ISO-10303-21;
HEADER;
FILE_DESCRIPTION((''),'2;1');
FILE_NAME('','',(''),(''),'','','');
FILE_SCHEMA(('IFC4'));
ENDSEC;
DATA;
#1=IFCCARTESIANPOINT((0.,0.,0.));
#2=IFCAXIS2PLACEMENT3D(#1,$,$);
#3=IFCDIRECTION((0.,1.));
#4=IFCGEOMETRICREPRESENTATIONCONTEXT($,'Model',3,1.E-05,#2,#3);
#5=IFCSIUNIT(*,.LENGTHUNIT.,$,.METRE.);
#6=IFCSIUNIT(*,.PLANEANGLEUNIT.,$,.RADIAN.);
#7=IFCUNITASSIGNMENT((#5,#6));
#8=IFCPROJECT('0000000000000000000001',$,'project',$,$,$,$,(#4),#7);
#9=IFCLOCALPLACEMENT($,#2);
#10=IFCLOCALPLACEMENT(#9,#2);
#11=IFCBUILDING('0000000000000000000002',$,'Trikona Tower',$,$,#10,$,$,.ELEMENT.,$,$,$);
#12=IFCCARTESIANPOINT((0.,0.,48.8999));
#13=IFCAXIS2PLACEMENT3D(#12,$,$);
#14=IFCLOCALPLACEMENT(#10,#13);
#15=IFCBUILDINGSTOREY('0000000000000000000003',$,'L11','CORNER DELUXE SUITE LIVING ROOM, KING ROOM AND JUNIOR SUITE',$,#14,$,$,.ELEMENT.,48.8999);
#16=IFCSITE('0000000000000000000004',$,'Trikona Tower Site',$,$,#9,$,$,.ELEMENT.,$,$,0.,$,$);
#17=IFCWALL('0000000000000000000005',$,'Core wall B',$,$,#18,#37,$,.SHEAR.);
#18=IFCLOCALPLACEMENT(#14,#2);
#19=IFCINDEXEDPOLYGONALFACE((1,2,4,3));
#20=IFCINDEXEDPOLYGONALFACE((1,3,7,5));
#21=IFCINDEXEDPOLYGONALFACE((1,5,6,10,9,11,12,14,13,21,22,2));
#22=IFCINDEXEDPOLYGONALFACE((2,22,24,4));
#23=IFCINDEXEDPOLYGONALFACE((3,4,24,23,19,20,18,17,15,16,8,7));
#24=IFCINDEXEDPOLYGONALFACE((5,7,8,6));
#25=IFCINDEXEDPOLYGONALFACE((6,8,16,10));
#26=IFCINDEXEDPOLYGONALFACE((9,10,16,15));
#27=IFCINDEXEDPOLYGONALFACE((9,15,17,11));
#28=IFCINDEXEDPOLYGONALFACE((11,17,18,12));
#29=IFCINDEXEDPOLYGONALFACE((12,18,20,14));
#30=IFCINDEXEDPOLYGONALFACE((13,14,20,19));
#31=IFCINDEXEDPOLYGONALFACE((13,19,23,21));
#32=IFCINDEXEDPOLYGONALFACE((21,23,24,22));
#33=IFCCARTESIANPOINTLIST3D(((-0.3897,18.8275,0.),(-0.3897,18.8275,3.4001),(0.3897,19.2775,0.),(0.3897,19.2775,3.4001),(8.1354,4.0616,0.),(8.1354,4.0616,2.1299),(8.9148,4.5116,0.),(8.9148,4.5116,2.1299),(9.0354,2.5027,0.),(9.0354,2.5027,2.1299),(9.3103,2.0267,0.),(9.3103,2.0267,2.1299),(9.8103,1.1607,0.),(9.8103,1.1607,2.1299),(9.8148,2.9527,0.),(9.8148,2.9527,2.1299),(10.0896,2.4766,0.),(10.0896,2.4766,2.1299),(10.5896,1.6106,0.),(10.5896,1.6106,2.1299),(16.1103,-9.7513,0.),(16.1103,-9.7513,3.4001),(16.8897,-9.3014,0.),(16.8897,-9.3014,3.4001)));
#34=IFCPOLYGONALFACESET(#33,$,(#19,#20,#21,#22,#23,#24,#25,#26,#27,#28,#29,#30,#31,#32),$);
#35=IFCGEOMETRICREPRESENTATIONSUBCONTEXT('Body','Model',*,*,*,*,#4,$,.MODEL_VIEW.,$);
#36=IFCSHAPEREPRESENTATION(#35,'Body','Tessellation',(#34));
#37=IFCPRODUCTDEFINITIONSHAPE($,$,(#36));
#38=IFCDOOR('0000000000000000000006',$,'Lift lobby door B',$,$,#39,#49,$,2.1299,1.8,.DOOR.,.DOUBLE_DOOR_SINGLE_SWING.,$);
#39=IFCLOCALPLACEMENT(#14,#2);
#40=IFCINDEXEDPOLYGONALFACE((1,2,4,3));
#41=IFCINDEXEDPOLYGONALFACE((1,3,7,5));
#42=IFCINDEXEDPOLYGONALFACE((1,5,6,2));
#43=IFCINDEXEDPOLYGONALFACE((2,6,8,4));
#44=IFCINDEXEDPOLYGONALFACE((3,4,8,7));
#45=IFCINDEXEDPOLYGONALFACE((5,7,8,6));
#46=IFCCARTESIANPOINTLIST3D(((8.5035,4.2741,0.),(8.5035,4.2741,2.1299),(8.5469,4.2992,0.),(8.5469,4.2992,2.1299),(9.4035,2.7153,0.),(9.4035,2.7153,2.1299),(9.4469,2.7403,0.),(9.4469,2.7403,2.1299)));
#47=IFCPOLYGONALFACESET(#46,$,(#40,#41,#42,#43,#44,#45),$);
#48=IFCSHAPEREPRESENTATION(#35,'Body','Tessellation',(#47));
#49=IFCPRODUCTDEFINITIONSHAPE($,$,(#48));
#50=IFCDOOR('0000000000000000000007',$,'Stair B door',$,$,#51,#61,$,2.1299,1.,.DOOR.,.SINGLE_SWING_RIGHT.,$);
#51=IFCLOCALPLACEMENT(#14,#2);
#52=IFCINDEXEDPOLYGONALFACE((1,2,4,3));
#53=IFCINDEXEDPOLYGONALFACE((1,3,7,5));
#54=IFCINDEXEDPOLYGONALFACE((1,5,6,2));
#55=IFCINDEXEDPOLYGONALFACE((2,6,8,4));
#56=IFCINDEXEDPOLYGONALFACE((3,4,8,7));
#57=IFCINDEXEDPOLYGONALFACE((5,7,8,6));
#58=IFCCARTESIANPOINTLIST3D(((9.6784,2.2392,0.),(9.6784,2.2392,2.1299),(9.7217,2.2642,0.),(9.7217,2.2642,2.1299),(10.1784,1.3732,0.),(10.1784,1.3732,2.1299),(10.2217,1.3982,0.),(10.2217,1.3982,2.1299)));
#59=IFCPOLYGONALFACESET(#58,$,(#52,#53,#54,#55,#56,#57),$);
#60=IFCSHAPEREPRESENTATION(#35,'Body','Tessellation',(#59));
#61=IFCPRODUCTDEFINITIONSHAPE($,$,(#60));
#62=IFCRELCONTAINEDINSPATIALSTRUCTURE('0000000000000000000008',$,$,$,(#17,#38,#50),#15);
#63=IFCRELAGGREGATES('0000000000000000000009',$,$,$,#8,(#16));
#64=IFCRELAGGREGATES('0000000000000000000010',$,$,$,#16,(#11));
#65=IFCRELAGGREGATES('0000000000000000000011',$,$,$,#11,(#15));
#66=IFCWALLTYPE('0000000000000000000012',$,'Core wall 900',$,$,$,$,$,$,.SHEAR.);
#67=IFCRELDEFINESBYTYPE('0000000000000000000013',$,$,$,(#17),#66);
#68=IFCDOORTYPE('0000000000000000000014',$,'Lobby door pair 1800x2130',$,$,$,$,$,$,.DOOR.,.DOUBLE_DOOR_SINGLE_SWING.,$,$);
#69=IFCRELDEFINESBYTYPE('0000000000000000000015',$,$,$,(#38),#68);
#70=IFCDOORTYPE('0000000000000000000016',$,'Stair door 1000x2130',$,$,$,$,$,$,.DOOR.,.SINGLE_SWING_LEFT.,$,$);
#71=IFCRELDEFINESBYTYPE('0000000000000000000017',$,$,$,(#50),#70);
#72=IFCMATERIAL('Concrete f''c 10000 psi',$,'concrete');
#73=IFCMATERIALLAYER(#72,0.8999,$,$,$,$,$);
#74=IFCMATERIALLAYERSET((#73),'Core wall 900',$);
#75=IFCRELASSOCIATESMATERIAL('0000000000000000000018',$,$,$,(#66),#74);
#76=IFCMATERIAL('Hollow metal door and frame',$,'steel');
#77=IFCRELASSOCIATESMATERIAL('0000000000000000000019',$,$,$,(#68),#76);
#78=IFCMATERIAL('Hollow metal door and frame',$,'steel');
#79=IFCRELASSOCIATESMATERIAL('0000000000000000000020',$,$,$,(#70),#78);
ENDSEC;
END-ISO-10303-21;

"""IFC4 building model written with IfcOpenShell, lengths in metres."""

from ifc_helpers import new_model, si_unit, direction, frame, frame_2d, origin, place, context, subcontext, project, spatial, rectangle, extrude, material, layer, layer_set, type_object, element, fill, save


model = new_model("IFC4")

# Units and contexts
model_context = context("Model", 3, precision=1e-05, world=origin(), true_north=direction((0.0, 1.0)))
body_context = subcontext(model_context, "Body", "Model", "MODEL_VIEW")
ifc_project = project(units=[si_unit("LENGTHUNIT", "METRE"), si_unit("PLANEANGLEUNIT", "RADIAN")], contexts=[model_context])

# Site, building, storey
site_placement = place(None, origin())
site = spatial("IfcSite", under=ifc_project, at=site_placement, Name="Trikona Tower Site", CompositionType="ELEMENT", RefElevation=0.0)
building_placement = place(site_placement, origin())
building = spatial("IfcBuilding", under=site, at=building_placement, Name="Trikona Tower", CompositionType="ELEMENT")
storey_placement = place(building_placement, frame((0.0, 0.0, 48.8999)))
storey = spatial("IfcBuildingStorey", under=building, at=storey_placement, Name="L11", Description="CORNER DELUXE SUITE LIVING ROOM, KING ROOM AND JUNIOR SUITE", CompositionType="ELEMENT", Elevation=48.8999)

# Wall, openings, doors
ifc_material_1 = material(Name="Concrete f'c 10000 psi", Category="concrete")
ifc_layer_1 = layer(ifc_material_1, 0.8999)
ifc_layer_set_1 = layer_set([ifc_layer_1], Name="Core wall 900")
wall_type_1 = type_object("IfcWallType", Name="Core wall 900", PredefinedType="SHEAR", material=ifc_layer_set_1)
wall_1_placement = place(storey_placement, frame((16.5, -9.5264, 0.0), z_axis=(0.0, 0.0, 1.0), x_axis=(-0.5, 0.866026, 0.0)))
wall_1 = element("IfcWall", 1, at=wall_1_placement, inside=storey, type_object=wall_type_1, Name="Core wall B", PredefinedType="SHEAR", context=body_context, shape_type="SweptSolid", body=[
    extrude(rectangle(XDim=33.0, YDim=0.8999, at=frame_2d((16.5, 0.0))), origin(), (0.0, 0.0, 1.0), 3.4001),
])
opening_1_placement = place(wall_1_placement, frame((14.1499, 0.0, 0.0)))
opening_1 = element("IfcOpeningElement", 2, at=opening_1_placement, cuts=wall_1, PredefinedType="OPENING", context=body_context, shape_type="SweptSolid", body=[
    extrude(rectangle(XDim=1.8, YDim=2.1299, at=frame_2d((0.8999, 1.0649))), frame((0.0, 0.46, 0.0), z_axis=(0.0, -1.0, 0.0), x_axis=(1.0, 0.0, 0.0)), (0.0, 0.0, 1.0), 0.9199),
])
opening_2_placement = place(wall_1_placement, frame((12.6001, 0.0, 0.0)))
opening_2 = element("IfcOpeningElement", 3, at=opening_2_placement, cuts=wall_1, PredefinedType="OPENING", context=body_context, shape_type="SweptSolid", body=[
    extrude(rectangle(XDim=1.0, YDim=2.1299, at=frame_2d((0.5, 1.0649))), frame((0.0, 0.46, 0.0), z_axis=(0.0, -1.0, 0.0), x_axis=(1.0, 0.0, 0.0)), (0.0, 0.0, 1.0), 0.9199),
])
ifc_material_2 = material(Name="Hollow metal door and frame", Category="steel")
door_type_1 = type_object("IfcDoorType", Name="Lobby door pair 1800x2130", OperationType="DOUBLE_DOOR_SINGLE_SWING", PredefinedType="DOOR", material=ifc_material_2)
door_1_placement = place(opening_1_placement, origin())
door_1 = element("IfcDoor", 4, at=door_1_placement, inside=storey, type_object=door_type_1, Name="Lift lobby door B", OperationType="DOUBLE_DOOR_SINGLE_SWING", OverallHeight=2.1299, OverallWidth=1.8, PredefinedType="DOOR", context=body_context, shape_type="SweptSolid", body=[
    extrude(rectangle(XDim=1.8, YDim=2.1299, at=frame_2d((0.8999, 1.0649))), frame((0.0, 0.0249, 0.0), z_axis=(0.0, -1.0, 0.0), x_axis=(1.0, 0.0, 0.0)), (0.0, 0.0, 1.0), 0.05),
])
fill(opening_1, door_1)
ifc_material_3 = material(Name="Hollow metal door and frame", Category="steel")
door_type_2 = type_object("IfcDoorType", Name="Stair door 1000x2130", OperationType="SINGLE_SWING_LEFT", PredefinedType="DOOR", material=ifc_material_3)
door_2_placement = place(opening_2_placement, origin())
door_2 = element("IfcDoor", 5, at=door_2_placement, inside=storey, type_object=door_type_2, Name="Stair B door", OperationType="SINGLE_SWING_RIGHT", OverallHeight=2.1299, OverallWidth=1.0, PredefinedType="DOOR", context=body_context, shape_type="SweptSolid", body=[
    extrude(rectangle(XDim=1.0, YDim=2.1299, at=frame_2d((0.5, 1.0649))), frame((0.0, 0.0249, 0.0), z_axis=(0.0, -1.0, 0.0), x_axis=(1.0, 0.0, 0.0)), (0.0, 0.0, 1.0), 0.05),
])
fill(opening_2, door_2)

save(model, "model.ifc")
